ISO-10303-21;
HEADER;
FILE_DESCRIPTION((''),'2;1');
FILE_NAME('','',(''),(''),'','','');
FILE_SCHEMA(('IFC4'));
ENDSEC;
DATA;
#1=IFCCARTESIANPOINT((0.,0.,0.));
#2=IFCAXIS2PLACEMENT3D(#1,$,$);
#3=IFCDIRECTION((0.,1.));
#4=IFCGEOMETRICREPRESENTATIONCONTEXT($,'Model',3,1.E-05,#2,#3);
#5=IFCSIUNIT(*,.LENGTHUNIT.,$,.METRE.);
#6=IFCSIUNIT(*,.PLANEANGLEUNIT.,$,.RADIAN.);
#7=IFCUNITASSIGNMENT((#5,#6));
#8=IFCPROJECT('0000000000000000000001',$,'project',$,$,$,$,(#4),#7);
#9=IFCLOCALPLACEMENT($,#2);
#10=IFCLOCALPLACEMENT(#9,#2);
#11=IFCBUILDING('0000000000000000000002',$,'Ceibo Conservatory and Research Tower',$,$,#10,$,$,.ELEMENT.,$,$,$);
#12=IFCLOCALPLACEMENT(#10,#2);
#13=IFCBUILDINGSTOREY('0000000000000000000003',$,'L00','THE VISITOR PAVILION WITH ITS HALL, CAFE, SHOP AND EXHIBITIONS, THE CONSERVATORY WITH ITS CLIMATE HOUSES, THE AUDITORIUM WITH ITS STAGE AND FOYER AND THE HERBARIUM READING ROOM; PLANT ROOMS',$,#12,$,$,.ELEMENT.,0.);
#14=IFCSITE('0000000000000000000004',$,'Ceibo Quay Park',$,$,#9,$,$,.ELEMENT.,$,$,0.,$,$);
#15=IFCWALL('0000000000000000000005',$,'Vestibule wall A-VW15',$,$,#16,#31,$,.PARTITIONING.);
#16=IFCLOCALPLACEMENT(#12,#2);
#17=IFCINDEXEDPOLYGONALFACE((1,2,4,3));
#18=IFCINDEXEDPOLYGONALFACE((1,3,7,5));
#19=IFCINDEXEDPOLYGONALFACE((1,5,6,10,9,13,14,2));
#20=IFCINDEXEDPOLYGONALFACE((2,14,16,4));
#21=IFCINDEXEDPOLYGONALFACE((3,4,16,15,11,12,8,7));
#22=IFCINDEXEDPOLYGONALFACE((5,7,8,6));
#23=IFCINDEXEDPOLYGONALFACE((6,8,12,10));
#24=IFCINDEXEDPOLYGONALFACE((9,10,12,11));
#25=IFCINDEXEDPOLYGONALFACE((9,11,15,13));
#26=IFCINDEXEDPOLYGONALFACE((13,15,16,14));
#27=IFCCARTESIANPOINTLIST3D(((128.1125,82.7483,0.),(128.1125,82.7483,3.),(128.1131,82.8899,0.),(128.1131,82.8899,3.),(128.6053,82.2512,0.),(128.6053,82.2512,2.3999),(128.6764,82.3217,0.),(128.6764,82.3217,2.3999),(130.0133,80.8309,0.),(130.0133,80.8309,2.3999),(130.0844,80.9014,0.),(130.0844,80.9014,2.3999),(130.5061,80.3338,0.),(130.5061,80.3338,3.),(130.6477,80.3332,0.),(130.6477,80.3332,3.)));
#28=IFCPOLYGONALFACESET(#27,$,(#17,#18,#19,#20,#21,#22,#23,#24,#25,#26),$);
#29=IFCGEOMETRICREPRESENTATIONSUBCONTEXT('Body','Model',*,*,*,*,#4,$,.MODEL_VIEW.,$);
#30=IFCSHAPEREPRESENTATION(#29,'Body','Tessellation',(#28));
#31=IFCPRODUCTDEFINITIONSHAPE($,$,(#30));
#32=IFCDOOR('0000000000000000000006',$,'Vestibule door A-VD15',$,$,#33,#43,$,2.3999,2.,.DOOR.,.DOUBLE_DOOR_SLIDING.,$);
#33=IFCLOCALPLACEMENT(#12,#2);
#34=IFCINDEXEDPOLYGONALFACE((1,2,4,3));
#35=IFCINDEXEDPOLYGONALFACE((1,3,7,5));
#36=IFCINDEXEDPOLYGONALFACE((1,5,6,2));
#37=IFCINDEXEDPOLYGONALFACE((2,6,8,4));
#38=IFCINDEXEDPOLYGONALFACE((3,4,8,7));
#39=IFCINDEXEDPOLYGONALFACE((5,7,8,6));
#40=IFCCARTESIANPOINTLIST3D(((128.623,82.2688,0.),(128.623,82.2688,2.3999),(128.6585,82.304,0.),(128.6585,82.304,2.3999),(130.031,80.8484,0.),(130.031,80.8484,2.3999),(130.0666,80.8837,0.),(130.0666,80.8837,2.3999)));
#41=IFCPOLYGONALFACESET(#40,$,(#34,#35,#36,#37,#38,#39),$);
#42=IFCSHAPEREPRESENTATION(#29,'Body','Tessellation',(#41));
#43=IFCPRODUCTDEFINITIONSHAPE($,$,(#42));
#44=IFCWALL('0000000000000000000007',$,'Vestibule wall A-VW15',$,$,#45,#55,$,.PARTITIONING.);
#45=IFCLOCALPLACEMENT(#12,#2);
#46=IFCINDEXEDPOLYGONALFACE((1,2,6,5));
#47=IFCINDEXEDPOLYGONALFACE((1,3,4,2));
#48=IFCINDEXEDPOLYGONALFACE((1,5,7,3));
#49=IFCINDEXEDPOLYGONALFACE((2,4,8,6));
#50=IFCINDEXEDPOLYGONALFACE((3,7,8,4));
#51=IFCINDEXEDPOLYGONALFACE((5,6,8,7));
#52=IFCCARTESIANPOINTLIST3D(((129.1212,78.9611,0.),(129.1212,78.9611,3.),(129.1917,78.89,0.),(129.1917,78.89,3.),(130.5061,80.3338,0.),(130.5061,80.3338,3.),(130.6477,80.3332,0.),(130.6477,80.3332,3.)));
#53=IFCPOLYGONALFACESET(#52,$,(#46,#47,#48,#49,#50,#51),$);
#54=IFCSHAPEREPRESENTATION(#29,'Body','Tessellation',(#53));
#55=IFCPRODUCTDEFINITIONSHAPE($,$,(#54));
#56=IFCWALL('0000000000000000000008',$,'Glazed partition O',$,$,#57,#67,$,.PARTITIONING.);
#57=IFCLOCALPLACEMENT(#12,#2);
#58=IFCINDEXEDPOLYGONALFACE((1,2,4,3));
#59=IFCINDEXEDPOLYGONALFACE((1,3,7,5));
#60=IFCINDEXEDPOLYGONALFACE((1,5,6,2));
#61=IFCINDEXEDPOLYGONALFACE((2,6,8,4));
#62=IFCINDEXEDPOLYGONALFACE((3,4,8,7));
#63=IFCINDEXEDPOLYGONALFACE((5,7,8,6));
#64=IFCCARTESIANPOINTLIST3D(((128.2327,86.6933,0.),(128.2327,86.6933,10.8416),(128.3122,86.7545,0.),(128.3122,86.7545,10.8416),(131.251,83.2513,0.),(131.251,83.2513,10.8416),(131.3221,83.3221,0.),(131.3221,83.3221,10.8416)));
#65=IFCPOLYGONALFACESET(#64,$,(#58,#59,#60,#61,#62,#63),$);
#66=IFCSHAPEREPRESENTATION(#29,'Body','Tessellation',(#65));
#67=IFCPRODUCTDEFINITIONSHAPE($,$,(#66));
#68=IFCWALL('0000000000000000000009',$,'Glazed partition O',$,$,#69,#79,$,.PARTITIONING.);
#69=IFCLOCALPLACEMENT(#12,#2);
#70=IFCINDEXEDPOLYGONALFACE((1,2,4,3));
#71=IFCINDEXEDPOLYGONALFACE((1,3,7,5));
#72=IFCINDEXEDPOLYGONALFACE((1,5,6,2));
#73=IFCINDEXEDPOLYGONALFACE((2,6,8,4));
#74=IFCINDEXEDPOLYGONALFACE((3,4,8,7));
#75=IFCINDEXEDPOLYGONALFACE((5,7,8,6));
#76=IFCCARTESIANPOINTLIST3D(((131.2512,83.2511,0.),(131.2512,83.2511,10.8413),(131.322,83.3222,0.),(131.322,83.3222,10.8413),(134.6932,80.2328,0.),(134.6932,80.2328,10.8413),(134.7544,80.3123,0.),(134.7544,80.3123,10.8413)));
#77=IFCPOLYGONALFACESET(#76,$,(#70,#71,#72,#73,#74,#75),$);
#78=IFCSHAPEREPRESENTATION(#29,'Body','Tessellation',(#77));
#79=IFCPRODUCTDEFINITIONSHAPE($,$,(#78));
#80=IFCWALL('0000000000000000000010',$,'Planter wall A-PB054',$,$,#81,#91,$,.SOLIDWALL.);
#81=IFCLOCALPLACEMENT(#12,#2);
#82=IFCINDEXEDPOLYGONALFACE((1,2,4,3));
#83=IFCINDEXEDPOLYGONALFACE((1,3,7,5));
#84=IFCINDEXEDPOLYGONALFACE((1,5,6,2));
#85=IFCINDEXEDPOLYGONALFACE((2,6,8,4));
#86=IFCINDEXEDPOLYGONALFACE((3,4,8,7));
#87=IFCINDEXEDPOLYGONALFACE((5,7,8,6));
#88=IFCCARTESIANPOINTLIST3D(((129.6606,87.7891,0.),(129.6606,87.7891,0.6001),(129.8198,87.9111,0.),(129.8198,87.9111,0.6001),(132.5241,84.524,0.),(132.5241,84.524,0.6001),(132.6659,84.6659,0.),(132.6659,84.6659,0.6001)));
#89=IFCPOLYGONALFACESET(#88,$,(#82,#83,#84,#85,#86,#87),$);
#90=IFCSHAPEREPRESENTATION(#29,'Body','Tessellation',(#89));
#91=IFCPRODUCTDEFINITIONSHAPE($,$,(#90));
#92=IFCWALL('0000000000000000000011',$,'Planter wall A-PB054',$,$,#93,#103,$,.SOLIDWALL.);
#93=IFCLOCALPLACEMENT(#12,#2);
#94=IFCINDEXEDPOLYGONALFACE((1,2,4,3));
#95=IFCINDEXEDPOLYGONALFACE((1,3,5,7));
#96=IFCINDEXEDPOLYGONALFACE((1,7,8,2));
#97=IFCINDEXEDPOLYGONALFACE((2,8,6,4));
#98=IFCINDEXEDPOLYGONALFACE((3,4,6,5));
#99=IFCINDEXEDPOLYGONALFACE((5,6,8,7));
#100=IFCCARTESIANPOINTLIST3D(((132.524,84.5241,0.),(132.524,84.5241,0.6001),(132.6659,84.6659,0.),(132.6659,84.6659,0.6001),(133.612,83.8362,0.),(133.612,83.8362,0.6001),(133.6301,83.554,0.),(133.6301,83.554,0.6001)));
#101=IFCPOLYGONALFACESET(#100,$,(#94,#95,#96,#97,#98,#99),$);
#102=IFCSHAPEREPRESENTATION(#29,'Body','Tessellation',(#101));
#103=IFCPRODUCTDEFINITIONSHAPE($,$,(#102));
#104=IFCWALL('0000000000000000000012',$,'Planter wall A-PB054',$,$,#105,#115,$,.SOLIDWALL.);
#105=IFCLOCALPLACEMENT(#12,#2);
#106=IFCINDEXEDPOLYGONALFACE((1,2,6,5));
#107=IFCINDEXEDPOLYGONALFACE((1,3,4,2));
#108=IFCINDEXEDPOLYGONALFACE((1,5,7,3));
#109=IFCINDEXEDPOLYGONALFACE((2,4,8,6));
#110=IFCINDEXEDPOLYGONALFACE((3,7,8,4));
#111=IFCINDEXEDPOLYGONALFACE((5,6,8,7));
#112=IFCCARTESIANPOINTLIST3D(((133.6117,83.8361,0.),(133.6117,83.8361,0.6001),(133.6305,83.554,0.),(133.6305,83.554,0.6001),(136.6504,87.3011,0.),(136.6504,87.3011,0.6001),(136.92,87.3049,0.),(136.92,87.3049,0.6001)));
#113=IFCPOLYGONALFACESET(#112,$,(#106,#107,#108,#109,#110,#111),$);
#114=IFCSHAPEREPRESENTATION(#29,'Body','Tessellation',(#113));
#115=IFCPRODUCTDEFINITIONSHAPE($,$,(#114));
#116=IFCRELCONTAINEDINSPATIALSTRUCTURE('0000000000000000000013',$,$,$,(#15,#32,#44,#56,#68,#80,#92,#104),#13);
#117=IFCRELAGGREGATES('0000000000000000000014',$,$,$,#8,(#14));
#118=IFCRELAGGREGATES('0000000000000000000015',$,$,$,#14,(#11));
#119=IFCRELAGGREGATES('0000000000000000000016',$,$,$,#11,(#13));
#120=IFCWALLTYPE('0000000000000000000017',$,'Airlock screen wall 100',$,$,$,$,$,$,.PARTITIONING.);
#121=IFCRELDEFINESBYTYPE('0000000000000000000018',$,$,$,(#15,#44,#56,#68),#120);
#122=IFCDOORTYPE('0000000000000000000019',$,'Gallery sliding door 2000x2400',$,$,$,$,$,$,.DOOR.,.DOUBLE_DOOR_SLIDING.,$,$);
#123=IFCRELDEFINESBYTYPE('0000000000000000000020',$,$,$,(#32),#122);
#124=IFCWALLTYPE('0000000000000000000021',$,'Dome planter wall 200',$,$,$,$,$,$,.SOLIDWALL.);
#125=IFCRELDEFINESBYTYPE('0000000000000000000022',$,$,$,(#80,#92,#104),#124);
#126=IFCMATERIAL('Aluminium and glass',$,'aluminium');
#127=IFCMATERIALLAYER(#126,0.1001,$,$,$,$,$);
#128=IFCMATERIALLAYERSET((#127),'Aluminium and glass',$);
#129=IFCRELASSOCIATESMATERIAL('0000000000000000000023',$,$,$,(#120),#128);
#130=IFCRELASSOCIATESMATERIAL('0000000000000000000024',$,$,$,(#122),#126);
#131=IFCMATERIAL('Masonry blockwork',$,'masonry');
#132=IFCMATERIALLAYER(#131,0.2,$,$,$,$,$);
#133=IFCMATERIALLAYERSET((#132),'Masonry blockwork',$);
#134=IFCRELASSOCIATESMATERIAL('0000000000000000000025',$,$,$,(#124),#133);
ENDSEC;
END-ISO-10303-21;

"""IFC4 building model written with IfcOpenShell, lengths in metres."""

from ifc_helpers import new_model, si_unit, direction, frame, frame_2d, origin, place, context, subcontext, project, spatial, polyline, rectangle, outline, extrude, material, layer, layer_set, type_object, element, fill, save


model = new_model("IFC4")

# Units and contexts
model_context = context("Model", 3, precision=1e-05, world=origin(), true_north=direction((0.0, 1.0)))
body_context = subcontext(model_context, "Body", "Model", "MODEL_VIEW")
ifc_project = project(units=[si_unit("LENGTHUNIT", "METRE"), si_unit("PLANEANGLEUNIT", "RADIAN")], contexts=[model_context])

# Site, building, storey
site_placement = place(None, origin())
site = spatial("IfcSite", under=ifc_project, at=site_placement, Name="Ceibo Quay Park", CompositionType="ELEMENT", RefElevation=0.0)
building_placement = place(site_placement, origin())
building = spatial("IfcBuilding", under=site, at=building_placement, Name="Ceibo Conservatory and Research Tower", CompositionType="ELEMENT")
storey_placement = place(building_placement, origin())
storey = spatial("IfcBuildingStorey", under=building, at=storey_placement, Name="L00", Description="THE VISITOR PAVILION WITH ITS HALL, CAFE, SHOP AND EXHIBITIONS, THE CONSERVATORY WITH ITS CLIMATE HOUSES, THE AUDITORIUM WITH ITS STAGE AND FOYER AND THE HERBARIUM READING ROOM; PLANT ROOMS", CompositionType="ELEMENT", Elevation=0.0)

# Shared definitions
ifc_material_1 = material(Name="Aluminium and glass", Category="aluminium")

# Shared definitions
ifc_layer_1 = layer(ifc_material_1, 0.1001)
ifc_layer_set_1 = layer_set([ifc_layer_1], Name="Aluminium and glass")
wall_type_1 = type_object("IfcWallType", Name="Airlock screen wall 100", PredefinedType="PARTITIONING", material=ifc_layer_set_1)

# Wall, opening, door
wall_1_placement = place(storey_placement, frame((128.1128, 82.8191, 0.0), z_axis=(0.0, 0.0, 1.0), x_axis=(0.704031, -0.710169, 0.0)))
wall_1 = element("IfcWall", 1, at=wall_1_placement, inside=storey, type_object=wall_type_1, Name="Vestibule wall A-VW15", PredefinedType="PARTITIONING", context=body_context, shape_type="SweptSolid", body=[
    extrude(outline(polyline([(0.05, -0.05), (3.45, -0.05), (3.55, 0.05), (-0.05, 0.05), (0.05, -0.05)])), origin(), (0.0, 0.0, 1.0), 3.0),
])
opening_1_placement = place(wall_1_placement, frame((0.75, 0.0, 0.0)))
opening_1 = element("IfcOpeningElement", 2, at=opening_1_placement, cuts=wall_1, PredefinedType="OPENING", context=body_context, shape_type="SweptSolid", body=[
    extrude(rectangle(XDim=2.0, YDim=2.3999, at=frame_2d((1.0, 1.2))), frame((0.0, 0.0601, 0.0), z_axis=(0.0, -1.0, 0.0), x_axis=(1.0, 0.0, 0.0)), (0.0, 0.0, 1.0), 0.1201),
])
door_type_1 = type_object("IfcDoorType", Name="Gallery sliding door 2000x2400", OperationType="DOUBLE_DOOR_SLIDING", PredefinedType="DOOR", material=ifc_material_1)
door_1_placement = place(opening_1_placement, origin())
door_1 = element("IfcDoor", 3, at=door_1_placement, inside=storey, type_object=door_type_1, Name="Vestibule door A-VD15", OperationType="DOUBLE_DOOR_SLIDING", OverallHeight=2.3999, OverallWidth=2.0, PredefinedType="DOOR", context=body_context, shape_type="SweptSolid", body=[
    extrude(rectangle(XDim=2.0, YDim=2.3999, at=frame_2d((1.0, 1.2))), frame((0.0, 0.0249, 0.0), z_axis=(0.0, -1.0, 0.0), x_axis=(1.0, 0.0, 0.0)), (0.0, 0.0, 1.0), 0.05),
])
fill(opening_1, door_1)

# Walls
wall_2_placement = place(storey_placement, frame((130.5769, 80.3335, 0.0), z_axis=(0.0, 0.0, 1.0), x_axis=(-0.710213, -0.703987, 0.0)))
element("IfcWall", 4, at=wall_2_placement, inside=storey, type_object=wall_type_1, Name="Vestibule wall A-VW15", PredefinedType="PARTITIONING", context=body_context, shape_type="SweptSolid", body=[
    extrude(outline(polyline([(0.05, -0.05), (2.0, -0.05), (2.0, 0.05), (-0.05, 0.05), (0.05, -0.05)])), origin(), (0.0, 0.0, 1.0), 3.0),
])
wall_3_placement = place(storey_placement, frame((128.2725, 86.7239, 0.0), z_axis=(0.0, 0.0, 1.0), x_axis=(0.659317, -0.751865, 0.0)))
element("IfcWall", 5, at=wall_3_placement, inside=storey, type_object=wall_type_1, Name="Glazed partition O", PredefinedType="PARTITIONING", context=body_context, shape_type="SweptSolid", body=[
    extrude(outline(polyline([(-0.0032, -0.05), (4.5747, -0.05), (4.5684, 0.05), (0.0032, 0.05), (-0.0032, -0.05)])), origin(), (0.0, 0.0, 1.0), 10.8416),
])
wall_4_placement = place(storey_placement, frame((131.2866, 83.2866, 0.0), z_axis=(0.0, 0.0, 1.0), x_axis=(0.751865, -0.659317, 0.0)))
element("IfcWall", 6, at=wall_4_placement, inside=storey, type_object=wall_type_1, Name="Glazed partition O", PredefinedType="PARTITIONING", context=body_context, shape_type="SweptSolid", body=[
    extrude(outline(polyline([(-0.0032, -0.05), (4.5747, -0.05), (4.5684, 0.05), (0.0032, 0.05), (-0.0032, -0.05)])), origin(), (0.0, 0.0, 1.0), 10.8413),
])
ifc_material_2 = material(Name="Masonry blockwork", Category="masonry")
ifc_layer_2 = layer(ifc_material_2, 0.2)
ifc_layer_set_2 = layer_set([ifc_layer_2], Name="Masonry blockwork")
wall_type_2 = type_object("IfcWallType", Name="Dome planter wall 200", PredefinedType="SOLIDWALL", material=ifc_layer_set_2)
wall_5_placement = place(storey_placement, frame((129.7402, 87.8501, 0.0), z_axis=(0.0, 0.0, 1.0), x_axis=(0.659355, -0.751832, 0.0)))
element("IfcWall", 7, at=wall_5_placement, inside=storey, type_object=wall_type_2, Name="Planter wall A-PB054", PredefinedType="SOLIDWALL", context=body_context, shape_type="SweptSolid", body=[
    extrude(outline(polyline([(-0.0066, -0.1001), (4.3362, -0.1001), (4.323, 0.1001), (0.0066, 0.1001), (-0.0066, -0.1001)])), origin(), (0.0, 0.0, 1.0), 0.6001),
])
wall_6_placement = place(storey_placement, frame((132.595, 84.595, 0.0), z_axis=(0.0, 0.0, 1.0), x_axis=(0.751834, -0.659353, 0.0)))
element("IfcWall", 8, at=wall_6_placement, inside=storey, type_object=wall_type_2, Name="Planter wall A-PB054", PredefinedType="SOLIDWALL", context=body_context, shape_type="SweptSolid", body=[
    extrude(outline(polyline([(-0.0066, -0.1001), (1.4646, -0.1001), (1.2649, 0.1001), (0.0066, 0.1001), (-0.0066, -0.1001)])), origin(), (0.0, 0.0, 1.0), 0.6001),
])
wall_7_placement = place(storey_placement, frame((133.6211, 83.6951, 0.0), z_axis=(0.0, 0.0, 1.0), x_axis=(0.659347, 0.751839, 0.0)))
element("IfcWall", 9, at=wall_7_placement, inside=storey, type_object=wall_type_2, Name="Planter wall A-PB054", PredefinedType="SOLIDWALL", context=body_context, shape_type="SweptSolid", body=[
    extrude(outline(polyline([(-0.0999, -0.1001), (4.8892, -0.1001), (4.7085, 0.1001), (0.0999, 0.1001), (-0.0999, -0.1001)])), origin(), (0.0, 0.0, 1.0), 0.6001),
])

save(model, "model.ifc")
